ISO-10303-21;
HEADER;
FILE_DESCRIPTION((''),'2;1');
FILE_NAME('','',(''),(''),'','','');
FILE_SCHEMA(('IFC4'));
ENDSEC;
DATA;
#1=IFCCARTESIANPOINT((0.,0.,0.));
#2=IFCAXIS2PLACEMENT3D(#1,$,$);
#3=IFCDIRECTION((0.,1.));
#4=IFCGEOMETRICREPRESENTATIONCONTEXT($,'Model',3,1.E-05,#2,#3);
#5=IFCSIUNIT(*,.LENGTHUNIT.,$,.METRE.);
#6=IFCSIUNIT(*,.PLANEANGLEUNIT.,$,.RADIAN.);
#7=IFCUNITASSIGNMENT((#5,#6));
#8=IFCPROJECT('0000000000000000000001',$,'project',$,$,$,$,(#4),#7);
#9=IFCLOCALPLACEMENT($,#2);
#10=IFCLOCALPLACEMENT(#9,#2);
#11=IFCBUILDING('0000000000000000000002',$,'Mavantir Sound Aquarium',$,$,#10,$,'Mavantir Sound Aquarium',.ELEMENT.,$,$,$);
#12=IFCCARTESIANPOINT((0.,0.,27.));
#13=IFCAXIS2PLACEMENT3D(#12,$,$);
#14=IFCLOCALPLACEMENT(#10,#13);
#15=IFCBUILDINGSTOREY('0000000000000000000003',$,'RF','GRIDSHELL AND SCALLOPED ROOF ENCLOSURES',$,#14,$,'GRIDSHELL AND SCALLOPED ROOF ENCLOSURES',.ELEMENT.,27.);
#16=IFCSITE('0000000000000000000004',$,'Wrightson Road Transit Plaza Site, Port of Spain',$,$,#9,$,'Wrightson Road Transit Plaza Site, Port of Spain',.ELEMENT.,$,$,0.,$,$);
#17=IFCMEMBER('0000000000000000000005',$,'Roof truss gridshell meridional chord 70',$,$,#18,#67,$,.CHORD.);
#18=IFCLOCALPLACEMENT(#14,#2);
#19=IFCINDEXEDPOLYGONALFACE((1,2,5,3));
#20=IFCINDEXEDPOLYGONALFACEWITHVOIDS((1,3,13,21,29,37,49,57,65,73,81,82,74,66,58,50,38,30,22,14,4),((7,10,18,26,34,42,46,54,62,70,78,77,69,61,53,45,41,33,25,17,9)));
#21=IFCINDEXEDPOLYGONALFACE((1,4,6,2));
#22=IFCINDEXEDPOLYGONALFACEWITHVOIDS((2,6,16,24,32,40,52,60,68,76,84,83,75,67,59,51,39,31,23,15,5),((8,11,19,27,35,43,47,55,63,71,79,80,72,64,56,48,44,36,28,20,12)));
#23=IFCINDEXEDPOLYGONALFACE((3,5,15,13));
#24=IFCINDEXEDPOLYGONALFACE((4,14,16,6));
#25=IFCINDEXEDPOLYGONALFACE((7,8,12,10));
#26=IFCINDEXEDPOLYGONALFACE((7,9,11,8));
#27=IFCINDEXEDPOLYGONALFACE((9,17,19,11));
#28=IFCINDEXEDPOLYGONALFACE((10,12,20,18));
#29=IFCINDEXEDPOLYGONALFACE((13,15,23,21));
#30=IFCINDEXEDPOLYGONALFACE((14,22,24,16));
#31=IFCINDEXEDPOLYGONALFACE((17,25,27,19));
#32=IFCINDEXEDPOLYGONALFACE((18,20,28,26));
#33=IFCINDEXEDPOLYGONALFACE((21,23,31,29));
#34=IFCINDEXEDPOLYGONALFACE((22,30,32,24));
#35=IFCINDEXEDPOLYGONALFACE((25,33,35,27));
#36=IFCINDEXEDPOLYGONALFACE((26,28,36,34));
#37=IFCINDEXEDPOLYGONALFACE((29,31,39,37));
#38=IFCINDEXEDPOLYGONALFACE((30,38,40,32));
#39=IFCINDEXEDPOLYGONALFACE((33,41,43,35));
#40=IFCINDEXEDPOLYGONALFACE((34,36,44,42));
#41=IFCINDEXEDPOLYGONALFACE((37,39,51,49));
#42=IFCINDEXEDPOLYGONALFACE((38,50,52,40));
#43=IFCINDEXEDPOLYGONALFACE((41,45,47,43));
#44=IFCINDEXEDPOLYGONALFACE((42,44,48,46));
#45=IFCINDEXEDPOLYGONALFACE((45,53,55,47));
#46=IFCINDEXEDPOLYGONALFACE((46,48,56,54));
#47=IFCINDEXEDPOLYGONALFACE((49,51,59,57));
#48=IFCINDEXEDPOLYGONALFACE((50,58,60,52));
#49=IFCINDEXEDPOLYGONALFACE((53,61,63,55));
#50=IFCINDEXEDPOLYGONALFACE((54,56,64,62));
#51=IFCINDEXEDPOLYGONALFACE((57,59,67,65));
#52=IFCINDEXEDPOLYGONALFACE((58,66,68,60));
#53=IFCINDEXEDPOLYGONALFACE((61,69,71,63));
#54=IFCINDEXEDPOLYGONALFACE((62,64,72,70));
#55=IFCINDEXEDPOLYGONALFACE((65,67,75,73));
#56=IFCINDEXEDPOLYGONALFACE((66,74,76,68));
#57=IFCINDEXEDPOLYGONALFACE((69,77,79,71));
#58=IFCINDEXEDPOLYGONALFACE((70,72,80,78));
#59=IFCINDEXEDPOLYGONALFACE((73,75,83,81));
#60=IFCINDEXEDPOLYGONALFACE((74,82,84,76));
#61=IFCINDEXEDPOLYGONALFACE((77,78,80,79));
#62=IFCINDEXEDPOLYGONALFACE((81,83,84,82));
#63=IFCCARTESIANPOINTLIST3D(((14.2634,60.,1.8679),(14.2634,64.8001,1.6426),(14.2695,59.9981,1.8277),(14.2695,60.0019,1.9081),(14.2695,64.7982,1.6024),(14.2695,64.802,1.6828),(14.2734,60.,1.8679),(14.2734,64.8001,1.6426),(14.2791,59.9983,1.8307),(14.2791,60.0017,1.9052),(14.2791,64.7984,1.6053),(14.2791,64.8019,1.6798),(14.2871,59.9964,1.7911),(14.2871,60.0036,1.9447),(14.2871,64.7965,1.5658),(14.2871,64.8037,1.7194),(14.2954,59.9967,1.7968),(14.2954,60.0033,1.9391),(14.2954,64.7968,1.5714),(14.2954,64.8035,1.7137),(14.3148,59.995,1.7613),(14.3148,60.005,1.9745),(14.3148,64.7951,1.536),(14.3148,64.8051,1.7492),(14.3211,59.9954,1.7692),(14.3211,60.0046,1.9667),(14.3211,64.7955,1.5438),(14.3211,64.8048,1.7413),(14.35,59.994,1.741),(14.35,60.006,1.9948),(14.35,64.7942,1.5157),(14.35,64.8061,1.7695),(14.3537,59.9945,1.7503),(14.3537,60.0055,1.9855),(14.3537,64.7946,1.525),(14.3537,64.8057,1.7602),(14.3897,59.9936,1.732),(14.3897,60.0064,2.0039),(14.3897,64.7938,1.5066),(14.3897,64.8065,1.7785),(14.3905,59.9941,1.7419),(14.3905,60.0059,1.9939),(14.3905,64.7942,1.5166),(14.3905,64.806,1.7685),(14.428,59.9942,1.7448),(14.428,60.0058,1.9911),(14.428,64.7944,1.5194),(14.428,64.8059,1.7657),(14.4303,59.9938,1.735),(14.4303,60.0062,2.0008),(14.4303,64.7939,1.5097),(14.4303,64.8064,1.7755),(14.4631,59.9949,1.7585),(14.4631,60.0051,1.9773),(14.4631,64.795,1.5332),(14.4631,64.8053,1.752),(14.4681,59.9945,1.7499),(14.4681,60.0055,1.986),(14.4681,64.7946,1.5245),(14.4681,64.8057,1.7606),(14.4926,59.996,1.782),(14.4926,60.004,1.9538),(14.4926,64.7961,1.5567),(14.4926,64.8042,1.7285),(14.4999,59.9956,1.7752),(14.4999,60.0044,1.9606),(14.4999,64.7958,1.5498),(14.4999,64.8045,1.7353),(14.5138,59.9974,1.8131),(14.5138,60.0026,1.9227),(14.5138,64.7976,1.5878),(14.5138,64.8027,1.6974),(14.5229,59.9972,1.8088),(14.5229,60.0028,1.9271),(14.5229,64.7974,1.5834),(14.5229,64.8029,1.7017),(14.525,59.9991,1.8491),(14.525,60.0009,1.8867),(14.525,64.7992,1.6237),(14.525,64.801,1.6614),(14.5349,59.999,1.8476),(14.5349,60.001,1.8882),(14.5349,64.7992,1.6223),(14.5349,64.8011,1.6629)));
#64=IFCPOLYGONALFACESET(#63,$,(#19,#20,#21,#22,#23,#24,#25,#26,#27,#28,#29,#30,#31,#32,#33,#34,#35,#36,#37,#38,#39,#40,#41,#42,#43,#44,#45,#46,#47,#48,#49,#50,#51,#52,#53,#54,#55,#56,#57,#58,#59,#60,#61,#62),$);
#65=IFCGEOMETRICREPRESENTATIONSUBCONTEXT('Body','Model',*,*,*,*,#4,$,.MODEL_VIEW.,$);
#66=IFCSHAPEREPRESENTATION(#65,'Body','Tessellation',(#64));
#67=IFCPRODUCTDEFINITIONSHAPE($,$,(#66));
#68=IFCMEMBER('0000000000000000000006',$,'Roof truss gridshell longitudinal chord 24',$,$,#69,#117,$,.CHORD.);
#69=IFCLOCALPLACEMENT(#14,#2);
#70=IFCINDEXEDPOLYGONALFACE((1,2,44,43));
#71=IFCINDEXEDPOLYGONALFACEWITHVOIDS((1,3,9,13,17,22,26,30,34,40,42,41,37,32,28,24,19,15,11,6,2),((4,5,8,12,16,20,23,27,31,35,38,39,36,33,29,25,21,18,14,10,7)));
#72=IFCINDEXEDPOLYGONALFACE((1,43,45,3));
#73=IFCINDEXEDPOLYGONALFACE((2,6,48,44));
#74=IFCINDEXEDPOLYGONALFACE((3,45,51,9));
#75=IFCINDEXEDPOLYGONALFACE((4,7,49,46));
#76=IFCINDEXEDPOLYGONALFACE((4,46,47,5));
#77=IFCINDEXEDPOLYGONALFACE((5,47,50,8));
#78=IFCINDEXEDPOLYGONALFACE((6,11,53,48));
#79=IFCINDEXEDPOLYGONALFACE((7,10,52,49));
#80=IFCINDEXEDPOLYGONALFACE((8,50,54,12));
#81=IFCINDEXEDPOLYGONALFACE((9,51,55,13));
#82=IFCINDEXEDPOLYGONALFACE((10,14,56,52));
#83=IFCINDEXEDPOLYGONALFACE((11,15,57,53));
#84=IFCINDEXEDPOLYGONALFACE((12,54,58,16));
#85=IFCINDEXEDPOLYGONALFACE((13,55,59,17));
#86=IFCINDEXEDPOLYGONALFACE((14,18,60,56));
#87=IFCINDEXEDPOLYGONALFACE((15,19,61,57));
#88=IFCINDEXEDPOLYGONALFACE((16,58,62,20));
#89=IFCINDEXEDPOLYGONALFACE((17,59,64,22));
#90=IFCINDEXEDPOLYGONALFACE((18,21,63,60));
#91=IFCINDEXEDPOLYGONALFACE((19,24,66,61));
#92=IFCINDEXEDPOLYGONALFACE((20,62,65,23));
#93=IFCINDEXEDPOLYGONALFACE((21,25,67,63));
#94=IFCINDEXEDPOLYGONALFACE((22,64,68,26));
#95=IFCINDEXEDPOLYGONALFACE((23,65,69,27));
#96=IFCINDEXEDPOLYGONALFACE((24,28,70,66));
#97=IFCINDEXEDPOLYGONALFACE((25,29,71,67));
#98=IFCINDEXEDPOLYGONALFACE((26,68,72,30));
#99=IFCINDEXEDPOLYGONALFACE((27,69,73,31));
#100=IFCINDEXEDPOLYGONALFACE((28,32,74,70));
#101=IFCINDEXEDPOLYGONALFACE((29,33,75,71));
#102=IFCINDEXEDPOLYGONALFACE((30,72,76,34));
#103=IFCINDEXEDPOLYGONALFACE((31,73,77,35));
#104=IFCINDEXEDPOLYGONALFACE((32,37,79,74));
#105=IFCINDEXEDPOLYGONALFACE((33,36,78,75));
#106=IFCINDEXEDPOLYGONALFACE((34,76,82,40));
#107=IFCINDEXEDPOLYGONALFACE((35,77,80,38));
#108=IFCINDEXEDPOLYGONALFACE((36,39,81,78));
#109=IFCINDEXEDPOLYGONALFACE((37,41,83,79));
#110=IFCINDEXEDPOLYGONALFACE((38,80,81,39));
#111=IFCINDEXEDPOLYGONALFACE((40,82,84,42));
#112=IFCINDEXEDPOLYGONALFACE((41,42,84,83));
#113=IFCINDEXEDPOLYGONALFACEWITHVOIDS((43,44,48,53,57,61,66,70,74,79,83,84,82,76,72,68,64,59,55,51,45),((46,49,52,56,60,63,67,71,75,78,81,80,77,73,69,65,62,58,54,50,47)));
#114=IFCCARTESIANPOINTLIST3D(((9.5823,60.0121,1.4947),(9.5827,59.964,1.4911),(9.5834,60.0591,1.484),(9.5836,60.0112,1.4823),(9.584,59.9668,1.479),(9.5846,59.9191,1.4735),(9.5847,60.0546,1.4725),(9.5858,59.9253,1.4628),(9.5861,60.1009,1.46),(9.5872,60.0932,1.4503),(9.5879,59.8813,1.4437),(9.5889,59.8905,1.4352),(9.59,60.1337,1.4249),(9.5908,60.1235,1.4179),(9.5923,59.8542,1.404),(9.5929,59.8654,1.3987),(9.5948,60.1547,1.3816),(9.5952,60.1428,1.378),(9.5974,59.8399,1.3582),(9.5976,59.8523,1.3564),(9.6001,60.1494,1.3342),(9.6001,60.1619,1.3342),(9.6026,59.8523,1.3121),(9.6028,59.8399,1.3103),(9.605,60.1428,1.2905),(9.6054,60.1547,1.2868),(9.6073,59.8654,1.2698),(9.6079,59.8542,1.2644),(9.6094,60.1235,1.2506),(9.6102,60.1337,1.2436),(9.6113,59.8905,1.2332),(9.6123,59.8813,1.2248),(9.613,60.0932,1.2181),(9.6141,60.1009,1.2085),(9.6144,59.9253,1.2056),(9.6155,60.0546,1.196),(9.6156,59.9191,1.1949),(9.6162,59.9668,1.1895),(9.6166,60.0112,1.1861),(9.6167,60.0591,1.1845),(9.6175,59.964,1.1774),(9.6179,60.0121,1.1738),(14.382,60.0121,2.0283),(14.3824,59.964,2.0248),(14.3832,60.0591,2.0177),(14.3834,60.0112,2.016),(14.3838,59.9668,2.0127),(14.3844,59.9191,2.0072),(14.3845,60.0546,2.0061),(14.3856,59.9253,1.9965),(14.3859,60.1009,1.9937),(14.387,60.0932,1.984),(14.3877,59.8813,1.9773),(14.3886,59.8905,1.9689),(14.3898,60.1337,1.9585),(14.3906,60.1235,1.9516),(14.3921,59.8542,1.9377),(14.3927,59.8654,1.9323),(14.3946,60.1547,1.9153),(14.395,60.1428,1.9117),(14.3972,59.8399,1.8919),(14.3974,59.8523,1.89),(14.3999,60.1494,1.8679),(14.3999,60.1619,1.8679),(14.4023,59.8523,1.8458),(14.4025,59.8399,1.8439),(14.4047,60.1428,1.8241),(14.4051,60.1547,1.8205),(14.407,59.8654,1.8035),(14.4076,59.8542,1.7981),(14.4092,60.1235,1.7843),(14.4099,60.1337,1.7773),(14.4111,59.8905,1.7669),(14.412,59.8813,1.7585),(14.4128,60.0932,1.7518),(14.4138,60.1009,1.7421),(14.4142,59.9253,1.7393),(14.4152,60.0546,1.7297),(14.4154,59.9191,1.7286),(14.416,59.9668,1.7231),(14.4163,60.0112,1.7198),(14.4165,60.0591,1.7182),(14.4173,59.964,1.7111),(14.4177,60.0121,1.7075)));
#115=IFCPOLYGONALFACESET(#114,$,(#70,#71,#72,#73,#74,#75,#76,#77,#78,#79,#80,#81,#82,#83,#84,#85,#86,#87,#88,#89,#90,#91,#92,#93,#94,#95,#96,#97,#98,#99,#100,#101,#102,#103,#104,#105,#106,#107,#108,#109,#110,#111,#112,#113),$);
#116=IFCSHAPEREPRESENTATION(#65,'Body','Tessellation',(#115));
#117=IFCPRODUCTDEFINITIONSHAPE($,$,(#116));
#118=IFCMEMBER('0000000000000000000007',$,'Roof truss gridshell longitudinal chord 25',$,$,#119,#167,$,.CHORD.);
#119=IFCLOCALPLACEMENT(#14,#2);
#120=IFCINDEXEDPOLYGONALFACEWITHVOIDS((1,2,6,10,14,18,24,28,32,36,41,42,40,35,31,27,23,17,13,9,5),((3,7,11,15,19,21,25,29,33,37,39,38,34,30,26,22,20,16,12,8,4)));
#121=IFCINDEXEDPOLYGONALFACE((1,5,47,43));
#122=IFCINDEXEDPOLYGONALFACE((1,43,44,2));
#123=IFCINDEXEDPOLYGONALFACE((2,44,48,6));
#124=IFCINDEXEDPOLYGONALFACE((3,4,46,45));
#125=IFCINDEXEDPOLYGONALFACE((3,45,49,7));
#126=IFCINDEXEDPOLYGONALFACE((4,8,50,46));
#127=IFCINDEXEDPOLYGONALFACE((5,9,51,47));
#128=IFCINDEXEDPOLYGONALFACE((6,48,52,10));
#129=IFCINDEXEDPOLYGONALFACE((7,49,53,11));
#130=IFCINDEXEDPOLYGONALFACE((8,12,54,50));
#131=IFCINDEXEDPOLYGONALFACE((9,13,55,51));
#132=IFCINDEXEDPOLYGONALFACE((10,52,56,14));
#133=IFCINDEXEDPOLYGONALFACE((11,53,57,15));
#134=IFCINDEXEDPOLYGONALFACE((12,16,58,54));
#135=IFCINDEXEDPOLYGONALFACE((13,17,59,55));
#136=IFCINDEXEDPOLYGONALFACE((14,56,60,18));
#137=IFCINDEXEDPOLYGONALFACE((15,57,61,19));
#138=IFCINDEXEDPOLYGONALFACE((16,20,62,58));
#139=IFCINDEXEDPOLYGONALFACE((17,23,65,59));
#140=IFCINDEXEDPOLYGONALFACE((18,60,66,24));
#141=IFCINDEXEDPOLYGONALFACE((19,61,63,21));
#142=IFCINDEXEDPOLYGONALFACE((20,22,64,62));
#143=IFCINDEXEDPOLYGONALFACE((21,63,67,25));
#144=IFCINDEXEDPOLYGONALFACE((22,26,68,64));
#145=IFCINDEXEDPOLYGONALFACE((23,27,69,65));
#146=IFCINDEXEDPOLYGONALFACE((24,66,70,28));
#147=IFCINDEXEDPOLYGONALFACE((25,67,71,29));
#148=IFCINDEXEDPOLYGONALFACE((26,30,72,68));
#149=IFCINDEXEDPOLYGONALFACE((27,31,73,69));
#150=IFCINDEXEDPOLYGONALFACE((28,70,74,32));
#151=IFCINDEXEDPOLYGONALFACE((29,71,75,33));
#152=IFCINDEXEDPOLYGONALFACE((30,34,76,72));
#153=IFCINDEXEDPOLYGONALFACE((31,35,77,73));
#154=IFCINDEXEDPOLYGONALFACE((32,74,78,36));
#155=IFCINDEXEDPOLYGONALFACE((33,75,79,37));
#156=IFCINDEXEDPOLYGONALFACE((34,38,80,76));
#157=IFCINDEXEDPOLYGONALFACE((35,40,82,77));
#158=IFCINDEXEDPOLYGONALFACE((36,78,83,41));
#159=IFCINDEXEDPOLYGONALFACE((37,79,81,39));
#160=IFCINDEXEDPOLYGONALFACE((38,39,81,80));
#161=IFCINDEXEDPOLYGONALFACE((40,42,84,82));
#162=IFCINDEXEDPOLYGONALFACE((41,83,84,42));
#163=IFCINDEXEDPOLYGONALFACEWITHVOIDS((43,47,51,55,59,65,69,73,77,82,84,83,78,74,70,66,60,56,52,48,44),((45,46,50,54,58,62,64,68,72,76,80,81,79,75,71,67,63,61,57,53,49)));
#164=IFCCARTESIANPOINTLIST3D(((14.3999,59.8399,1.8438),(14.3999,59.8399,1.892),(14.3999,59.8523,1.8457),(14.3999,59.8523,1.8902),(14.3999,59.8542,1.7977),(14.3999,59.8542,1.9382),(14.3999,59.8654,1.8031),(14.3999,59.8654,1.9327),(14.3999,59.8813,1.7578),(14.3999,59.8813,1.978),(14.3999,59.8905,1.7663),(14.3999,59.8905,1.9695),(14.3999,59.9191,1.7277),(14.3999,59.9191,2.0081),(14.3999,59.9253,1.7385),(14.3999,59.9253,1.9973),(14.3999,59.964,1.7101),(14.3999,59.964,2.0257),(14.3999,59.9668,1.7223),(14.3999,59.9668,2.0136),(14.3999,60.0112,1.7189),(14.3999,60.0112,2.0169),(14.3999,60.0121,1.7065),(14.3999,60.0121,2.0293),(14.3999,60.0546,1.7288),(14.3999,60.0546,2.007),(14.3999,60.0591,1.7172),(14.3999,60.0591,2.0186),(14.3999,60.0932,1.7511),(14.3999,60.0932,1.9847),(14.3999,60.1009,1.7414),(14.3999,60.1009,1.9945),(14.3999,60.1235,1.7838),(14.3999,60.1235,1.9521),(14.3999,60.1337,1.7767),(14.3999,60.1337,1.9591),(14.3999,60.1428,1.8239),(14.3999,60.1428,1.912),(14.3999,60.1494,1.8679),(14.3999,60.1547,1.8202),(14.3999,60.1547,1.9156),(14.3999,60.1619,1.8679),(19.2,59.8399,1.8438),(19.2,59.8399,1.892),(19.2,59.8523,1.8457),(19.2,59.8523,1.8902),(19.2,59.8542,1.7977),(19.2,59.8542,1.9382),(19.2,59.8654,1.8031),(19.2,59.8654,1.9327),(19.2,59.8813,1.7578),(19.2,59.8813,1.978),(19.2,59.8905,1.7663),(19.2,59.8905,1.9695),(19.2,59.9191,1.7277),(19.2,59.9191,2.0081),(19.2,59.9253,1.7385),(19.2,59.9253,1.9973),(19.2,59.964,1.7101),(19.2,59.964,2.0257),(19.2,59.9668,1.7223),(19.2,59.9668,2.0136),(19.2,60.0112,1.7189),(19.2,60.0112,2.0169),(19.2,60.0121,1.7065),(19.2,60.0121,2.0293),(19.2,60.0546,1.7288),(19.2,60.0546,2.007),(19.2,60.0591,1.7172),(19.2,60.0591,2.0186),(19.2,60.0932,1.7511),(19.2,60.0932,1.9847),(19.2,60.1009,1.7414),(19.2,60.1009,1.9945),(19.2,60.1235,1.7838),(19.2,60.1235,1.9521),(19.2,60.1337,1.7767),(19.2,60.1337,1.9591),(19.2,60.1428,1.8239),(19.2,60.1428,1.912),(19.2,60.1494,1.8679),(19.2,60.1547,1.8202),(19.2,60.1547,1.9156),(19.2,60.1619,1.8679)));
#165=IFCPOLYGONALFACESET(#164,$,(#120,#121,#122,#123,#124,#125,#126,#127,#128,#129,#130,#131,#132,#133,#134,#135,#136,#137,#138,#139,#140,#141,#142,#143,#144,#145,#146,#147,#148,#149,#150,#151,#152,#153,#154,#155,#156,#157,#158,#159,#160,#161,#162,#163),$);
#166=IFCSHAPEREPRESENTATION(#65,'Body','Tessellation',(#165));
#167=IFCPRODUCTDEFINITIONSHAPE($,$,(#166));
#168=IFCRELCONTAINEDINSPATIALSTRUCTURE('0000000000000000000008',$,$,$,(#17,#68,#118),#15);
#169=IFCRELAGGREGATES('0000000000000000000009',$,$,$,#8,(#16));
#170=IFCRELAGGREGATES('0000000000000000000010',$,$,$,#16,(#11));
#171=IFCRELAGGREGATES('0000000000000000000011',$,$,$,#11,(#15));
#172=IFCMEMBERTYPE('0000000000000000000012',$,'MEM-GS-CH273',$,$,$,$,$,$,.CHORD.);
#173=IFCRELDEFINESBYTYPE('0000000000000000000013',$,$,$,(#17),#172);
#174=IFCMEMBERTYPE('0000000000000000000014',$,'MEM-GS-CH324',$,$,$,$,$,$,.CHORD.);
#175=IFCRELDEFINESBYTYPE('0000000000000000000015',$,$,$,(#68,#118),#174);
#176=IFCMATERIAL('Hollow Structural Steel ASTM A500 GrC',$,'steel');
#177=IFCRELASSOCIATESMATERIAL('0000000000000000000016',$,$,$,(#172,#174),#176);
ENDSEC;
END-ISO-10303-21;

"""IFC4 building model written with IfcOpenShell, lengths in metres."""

from ifc_helpers import new_model, si_unit, direction, frame, origin, origin_2d, place, context, subcontext, project, spatial, hollow_circle, extrude, material, material_profile, profile_set, type_object, element, save


model = new_model("IFC4")

# Units and contexts
model_context = context("Model", 3, precision=1e-05, world=origin(), true_north=direction((0.0, 1.0)))
body_context = subcontext(model_context, "Body", "Model", "MODEL_VIEW")
ifc_project = project(units=[si_unit("LENGTHUNIT", "METRE"), si_unit("PLANEANGLEUNIT", "RADIAN")], contexts=[model_context])

# Site, building, storey
site_placement = place(None, origin())
site = spatial("IfcSite", under=ifc_project, at=site_placement, Name="Wrightson Road Transit Plaza Site, Port of Spain", LongName="Wrightson Road Transit Plaza Site, Port of Spain", CompositionType="ELEMENT", RefElevation=0.0)
building_placement = place(site_placement, origin())
building = spatial("IfcBuilding", under=site, at=building_placement, Name="Mavantir Sound Aquarium", LongName="Mavantir Sound Aquarium", CompositionType="ELEMENT")
storey_placement = place(building_placement, frame((0.0, 0.0, 27.0)))
storey = spatial("IfcBuildingStorey", under=building, at=storey_placement, Name="RF", Description="GRIDSHELL AND SCALLOPED ROOF ENCLOSURES", LongName="GRIDSHELL AND SCALLOPED ROOF ENCLOSURES", CompositionType="ELEMENT", Elevation=27.0)

# Members
ifc_material_1 = material(Name="Hollow Structural Steel ASTM A500 GrC", Category="steel")
ifc_material_profile_1 = material_profile(ifc_material_1, hollow_circle(Radius=0.1365, WallThickness=0.01, at=origin_2d()), Name="CHS 273X10")
ifc_profile_set_1 = profile_set([ifc_material_profile_1], Name="Hollow Structural Steel ASTM A500 GrC")
member_type_1 = type_object("IfcMemberType", Name="MEM-GS-CH273", PredefinedType="CHORD", material=ifc_profile_set_1)
member_1_placement = place(storey_placement, frame((14.3999, 60.0, 1.8679), z_axis=(0.0, 0.9989, -0.046894), x_axis=(-1.0, 0.0, 0.0)))
element("IfcMember", 1, at=member_1_placement, inside=storey, type_object=member_type_1, Name="Roof truss gridshell meridional chord 70", PredefinedType="CHORD", context=body_context, shape_type="SweptSolid", body=[
    extrude(hollow_circle(Radius=0.1365, WallThickness=0.01, at=origin_2d()), origin(), (0.0, 0.0, 1.0), 4.8054),
])
ifc_material_profile_2 = material_profile(ifc_material_1, hollow_circle(Radius=0.1619, WallThickness=0.0125, at=origin_2d()), Name="CHS 323.9X12.5")
ifc_profile_set_2 = profile_set([ifc_material_profile_2], Name="Hollow Structural Steel ASTM A500 GrC")
member_type_2 = type_object("IfcMemberType", Name="MEM-GS-CH324", PredefinedType="CHORD", material=ifc_profile_set_2)
member_2_placement = place(storey_placement, frame((9.6001, 60.0, 1.3342), z_axis=(0.993875, 0.0, 0.110509), x_axis=(0.0, 1.0, 0.0)))
element("IfcMember", 2, at=member_2_placement, inside=storey, type_object=member_type_2, Name="Roof truss gridshell longitudinal chord 24", PredefinedType="CHORD", context=body_context, shape_type="SweptSolid", body=[
    extrude(hollow_circle(Radius=0.1619, WallThickness=0.0125, at=origin_2d()), origin(), (0.0, 0.0, 1.0), 4.8293),
])
member_3_placement = place(storey_placement, frame((14.3999, 60.0, 1.8679), z_axis=(1.0, 0.0, 0.0), x_axis=(0.0, 1.0, 0.0)))
element("IfcMember", 3, at=member_3_placement, inside=storey, type_object=member_type_2, Name="Roof truss gridshell longitudinal chord 25", PredefinedType="CHORD", context=body_context, shape_type="SweptSolid", body=[
    extrude(hollow_circle(Radius=0.1619, WallThickness=0.0125, at=origin_2d()), origin(), (0.0, 0.0, 1.0), 4.8),
])

save(model, "model.ifc")
